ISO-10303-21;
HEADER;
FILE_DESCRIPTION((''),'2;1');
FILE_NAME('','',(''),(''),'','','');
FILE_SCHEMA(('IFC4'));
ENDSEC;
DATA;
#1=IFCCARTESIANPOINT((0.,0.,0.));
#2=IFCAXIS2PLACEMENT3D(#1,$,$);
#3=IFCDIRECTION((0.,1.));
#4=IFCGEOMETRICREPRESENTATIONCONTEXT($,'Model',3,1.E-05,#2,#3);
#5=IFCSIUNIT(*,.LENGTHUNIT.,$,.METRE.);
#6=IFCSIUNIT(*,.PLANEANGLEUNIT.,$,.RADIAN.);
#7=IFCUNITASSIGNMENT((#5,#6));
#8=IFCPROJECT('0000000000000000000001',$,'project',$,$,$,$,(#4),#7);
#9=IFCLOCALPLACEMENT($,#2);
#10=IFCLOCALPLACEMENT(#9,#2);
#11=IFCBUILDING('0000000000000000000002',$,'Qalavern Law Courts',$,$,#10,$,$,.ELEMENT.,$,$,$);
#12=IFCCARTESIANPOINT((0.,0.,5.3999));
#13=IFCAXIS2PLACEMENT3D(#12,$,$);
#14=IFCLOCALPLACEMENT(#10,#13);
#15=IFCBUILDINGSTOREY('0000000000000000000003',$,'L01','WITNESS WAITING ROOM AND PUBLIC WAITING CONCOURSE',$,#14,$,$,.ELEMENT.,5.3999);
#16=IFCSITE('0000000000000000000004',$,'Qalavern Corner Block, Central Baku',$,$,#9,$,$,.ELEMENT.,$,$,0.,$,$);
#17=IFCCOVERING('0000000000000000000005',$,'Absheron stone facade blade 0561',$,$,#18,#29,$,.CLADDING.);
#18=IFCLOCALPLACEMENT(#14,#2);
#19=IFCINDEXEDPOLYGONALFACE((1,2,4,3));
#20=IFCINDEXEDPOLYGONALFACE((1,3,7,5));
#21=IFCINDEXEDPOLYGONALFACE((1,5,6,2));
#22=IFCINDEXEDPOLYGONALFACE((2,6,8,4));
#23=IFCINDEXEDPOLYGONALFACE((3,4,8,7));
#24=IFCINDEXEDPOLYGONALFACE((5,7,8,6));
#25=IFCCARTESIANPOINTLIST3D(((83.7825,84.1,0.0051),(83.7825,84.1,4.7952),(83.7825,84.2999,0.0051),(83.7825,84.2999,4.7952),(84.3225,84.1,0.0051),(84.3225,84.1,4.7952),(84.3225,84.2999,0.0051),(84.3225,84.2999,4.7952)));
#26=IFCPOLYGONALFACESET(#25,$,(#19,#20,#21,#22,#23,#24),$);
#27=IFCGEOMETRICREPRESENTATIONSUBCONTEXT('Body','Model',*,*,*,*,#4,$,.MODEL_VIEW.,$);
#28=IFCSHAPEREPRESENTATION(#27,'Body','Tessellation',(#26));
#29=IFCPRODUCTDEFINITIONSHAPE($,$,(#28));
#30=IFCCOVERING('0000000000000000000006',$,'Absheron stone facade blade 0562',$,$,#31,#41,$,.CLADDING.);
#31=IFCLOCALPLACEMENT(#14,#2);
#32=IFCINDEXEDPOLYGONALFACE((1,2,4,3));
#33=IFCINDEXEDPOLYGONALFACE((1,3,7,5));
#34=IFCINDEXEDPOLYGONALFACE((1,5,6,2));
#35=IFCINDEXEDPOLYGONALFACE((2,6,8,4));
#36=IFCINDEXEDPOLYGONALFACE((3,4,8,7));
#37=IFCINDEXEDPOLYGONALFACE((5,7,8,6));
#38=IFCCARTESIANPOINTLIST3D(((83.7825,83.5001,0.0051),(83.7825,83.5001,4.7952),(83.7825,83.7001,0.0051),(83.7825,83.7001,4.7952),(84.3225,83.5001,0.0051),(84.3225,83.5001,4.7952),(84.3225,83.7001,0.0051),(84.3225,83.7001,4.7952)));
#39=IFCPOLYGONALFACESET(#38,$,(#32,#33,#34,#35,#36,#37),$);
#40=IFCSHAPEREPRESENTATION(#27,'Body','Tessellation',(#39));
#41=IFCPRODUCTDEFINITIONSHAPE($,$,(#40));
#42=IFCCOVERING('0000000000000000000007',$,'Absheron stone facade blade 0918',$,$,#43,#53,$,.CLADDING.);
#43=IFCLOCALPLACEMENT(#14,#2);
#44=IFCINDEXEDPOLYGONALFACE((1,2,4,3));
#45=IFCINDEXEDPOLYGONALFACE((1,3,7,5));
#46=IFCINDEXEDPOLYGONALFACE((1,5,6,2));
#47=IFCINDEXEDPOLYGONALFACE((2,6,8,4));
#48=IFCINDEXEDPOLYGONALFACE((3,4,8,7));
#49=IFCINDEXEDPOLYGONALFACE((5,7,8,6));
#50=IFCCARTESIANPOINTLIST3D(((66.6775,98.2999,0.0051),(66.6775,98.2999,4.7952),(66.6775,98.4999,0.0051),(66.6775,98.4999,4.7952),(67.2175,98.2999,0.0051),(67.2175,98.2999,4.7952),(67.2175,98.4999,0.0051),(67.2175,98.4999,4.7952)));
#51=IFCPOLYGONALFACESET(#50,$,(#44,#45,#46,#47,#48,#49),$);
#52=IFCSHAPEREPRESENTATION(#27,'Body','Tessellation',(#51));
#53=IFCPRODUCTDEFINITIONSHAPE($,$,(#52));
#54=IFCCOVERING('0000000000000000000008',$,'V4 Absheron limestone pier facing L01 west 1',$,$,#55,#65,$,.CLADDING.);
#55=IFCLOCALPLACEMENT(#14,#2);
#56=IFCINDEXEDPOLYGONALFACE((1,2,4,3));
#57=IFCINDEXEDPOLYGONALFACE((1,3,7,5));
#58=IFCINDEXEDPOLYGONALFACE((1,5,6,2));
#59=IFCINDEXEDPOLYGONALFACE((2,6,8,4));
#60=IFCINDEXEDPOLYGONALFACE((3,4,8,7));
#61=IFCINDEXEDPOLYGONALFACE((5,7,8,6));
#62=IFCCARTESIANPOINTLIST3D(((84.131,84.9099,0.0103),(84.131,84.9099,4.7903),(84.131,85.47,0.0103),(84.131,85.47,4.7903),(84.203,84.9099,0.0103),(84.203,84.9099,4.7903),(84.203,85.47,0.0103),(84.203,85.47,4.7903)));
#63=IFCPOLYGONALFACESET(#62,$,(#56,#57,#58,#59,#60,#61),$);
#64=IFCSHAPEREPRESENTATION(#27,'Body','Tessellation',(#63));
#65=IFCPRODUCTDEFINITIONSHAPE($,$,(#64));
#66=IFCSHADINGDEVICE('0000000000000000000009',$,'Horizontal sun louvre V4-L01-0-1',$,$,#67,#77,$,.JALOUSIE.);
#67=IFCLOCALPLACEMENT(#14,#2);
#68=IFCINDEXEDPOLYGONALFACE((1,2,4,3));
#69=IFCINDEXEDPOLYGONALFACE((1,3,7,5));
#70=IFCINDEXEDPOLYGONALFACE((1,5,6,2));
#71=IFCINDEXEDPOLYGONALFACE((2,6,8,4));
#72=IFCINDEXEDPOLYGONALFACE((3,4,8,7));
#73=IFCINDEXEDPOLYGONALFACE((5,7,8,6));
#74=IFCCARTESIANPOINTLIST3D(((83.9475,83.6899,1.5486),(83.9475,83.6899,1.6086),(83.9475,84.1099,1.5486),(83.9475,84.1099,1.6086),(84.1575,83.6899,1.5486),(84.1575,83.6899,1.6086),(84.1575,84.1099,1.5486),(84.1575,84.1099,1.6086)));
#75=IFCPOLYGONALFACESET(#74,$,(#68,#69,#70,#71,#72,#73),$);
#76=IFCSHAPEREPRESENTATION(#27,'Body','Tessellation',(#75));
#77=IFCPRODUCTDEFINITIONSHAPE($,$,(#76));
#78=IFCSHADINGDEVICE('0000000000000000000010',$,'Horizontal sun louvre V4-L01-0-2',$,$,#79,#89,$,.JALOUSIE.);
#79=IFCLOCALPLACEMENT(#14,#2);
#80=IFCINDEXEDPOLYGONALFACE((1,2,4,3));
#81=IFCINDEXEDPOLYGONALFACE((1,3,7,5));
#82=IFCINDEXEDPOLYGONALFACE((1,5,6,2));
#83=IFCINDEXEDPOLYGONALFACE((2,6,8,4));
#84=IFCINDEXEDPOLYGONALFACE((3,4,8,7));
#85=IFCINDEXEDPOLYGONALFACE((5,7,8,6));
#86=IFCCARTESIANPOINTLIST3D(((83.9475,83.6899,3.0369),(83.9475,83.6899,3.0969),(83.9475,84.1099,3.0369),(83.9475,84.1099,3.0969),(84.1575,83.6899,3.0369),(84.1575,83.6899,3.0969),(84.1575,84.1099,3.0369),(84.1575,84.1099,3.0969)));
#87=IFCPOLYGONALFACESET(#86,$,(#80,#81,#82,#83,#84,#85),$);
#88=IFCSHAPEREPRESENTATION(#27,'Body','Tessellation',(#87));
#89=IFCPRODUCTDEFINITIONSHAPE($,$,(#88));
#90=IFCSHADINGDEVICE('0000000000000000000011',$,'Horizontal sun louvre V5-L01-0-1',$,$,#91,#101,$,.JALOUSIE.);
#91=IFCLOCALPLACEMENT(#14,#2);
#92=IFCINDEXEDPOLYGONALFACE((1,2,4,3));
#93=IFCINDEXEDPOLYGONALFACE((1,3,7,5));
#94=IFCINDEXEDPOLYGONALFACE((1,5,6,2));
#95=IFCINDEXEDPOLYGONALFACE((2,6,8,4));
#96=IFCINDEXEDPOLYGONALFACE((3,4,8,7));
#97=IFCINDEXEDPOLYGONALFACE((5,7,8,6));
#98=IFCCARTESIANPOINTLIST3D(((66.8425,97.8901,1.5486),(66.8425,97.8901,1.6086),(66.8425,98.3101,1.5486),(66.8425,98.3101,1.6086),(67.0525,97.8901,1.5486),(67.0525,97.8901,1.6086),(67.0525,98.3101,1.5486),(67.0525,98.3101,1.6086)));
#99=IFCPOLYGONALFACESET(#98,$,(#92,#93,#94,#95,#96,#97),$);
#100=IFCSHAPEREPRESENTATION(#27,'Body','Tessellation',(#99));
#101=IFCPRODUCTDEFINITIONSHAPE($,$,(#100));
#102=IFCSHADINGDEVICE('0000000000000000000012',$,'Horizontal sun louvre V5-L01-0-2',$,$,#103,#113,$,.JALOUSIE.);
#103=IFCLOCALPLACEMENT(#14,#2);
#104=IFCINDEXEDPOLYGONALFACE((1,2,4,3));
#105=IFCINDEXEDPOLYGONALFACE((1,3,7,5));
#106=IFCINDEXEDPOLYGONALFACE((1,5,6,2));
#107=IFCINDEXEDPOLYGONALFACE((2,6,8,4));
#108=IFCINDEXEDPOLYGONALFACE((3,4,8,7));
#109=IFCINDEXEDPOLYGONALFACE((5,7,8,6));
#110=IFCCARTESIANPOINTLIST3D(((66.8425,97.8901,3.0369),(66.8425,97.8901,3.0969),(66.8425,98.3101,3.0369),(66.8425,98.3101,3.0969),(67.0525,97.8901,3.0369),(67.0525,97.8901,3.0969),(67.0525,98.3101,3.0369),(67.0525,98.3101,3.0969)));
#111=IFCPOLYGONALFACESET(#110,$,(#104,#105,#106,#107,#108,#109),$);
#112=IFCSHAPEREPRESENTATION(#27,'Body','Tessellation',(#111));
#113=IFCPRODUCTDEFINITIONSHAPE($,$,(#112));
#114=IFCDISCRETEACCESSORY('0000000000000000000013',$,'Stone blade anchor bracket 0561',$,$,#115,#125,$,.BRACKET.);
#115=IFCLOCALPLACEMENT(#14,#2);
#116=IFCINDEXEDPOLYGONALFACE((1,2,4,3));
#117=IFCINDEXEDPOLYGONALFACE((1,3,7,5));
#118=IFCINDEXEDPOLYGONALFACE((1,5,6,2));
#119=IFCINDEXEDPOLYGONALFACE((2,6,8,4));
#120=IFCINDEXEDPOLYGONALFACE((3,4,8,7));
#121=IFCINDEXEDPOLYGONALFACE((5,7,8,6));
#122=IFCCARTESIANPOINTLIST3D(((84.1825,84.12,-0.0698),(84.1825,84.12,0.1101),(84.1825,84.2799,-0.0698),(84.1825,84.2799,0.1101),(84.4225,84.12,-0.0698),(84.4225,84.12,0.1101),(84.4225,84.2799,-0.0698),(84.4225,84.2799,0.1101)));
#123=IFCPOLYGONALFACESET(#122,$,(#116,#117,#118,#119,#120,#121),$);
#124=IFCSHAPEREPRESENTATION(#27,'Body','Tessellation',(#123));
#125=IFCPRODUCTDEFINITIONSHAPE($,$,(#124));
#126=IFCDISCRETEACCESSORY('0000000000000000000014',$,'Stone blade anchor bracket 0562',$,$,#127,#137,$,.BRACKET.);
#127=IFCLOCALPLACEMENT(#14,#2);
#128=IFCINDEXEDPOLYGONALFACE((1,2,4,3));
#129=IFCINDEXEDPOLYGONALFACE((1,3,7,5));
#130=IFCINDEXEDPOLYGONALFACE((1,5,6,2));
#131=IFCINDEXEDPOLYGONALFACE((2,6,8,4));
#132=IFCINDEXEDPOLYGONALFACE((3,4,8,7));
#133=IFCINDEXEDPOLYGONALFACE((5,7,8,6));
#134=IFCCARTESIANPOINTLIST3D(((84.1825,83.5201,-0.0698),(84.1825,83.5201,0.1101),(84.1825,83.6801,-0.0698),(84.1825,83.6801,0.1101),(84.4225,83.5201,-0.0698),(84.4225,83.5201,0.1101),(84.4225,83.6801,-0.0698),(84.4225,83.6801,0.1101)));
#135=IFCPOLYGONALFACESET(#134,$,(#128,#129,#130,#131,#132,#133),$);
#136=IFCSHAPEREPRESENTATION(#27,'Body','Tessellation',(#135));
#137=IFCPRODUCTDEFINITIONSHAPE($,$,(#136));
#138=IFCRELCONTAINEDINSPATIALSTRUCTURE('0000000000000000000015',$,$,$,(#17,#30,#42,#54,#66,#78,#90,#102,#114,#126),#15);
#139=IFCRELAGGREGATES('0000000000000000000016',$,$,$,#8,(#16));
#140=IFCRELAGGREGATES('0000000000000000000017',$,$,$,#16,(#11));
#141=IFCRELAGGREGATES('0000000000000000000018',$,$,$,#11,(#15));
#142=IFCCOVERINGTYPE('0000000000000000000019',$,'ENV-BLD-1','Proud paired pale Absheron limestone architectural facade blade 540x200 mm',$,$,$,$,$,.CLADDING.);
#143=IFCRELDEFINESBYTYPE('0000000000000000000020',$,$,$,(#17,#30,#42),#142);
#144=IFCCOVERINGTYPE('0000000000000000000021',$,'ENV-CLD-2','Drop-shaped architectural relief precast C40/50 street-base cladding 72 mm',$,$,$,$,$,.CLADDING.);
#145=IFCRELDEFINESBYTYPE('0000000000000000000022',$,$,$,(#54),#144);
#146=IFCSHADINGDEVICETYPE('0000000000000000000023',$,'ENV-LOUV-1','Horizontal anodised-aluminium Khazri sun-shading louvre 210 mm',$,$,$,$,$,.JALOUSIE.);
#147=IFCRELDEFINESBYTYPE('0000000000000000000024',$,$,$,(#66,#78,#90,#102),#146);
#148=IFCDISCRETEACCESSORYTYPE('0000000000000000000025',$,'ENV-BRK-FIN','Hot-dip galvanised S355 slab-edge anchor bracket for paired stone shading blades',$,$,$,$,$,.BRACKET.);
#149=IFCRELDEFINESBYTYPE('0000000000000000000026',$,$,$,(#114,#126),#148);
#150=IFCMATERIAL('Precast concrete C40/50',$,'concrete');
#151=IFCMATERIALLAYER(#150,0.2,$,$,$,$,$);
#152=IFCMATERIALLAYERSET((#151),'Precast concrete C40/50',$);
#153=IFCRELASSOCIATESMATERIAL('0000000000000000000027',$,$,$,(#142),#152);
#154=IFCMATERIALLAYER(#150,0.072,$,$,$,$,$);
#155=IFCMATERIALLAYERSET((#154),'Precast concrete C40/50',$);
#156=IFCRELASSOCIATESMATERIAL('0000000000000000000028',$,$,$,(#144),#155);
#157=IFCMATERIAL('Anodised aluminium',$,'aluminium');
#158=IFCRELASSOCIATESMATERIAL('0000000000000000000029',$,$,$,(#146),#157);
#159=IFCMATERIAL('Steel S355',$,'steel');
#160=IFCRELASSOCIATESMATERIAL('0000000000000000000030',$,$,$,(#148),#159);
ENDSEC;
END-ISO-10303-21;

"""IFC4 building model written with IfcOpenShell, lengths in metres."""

from ifc_helpers import new_model, si_unit, direction, frame, origin, origin_2d, place, context, subcontext, project, spatial, rectangle, extrude, material, layer, layer_set, type_object, element, save


model = new_model("IFC4")

# Units and contexts
model_context = context("Model", 3, precision=1e-05, world=origin(), true_north=direction((0.0, 1.0)))
body_context = subcontext(model_context, "Body", "Model", "MODEL_VIEW")
ifc_project = project(units=[si_unit("LENGTHUNIT", "METRE"), si_unit("PLANEANGLEUNIT", "RADIAN")], contexts=[model_context])

# Site, building, storey
site_placement = place(None, origin())
site = spatial("IfcSite", under=ifc_project, at=site_placement, Name="Qalavern Corner Block, Central Baku", CompositionType="ELEMENT", RefElevation=0.0)
building_placement = place(site_placement, origin())
building = spatial("IfcBuilding", under=site, at=building_placement, Name="Qalavern Law Courts", CompositionType="ELEMENT")
storey_placement = place(building_placement, frame((0.0, 0.0, 5.3999)))
storey = spatial("IfcBuildingStorey", under=building, at=storey_placement, Name="L01", Description="WITNESS WAITING ROOM AND PUBLIC WAITING CONCOURSE", CompositionType="ELEMENT", Elevation=5.3999)

# Shared definitions
ifc_material_1 = material(Name="Anodised aluminium", Category="aluminium")

# Coverings
ifc_material_2 = material(Name="Precast concrete C40/50", Category="concrete")
ifc_layer_1 = layer(ifc_material_2, 0.2)
ifc_layer_set_1 = layer_set([ifc_layer_1], Name="Precast concrete C40/50")
covering_type_1 = type_object("IfcCoveringType", Name="ENV-BLD-1", Description="Proud paired pale Absheron limestone architectural facade blade 540x200 mm", PredefinedType="CLADDING", material=ifc_layer_set_1)
for number, where, z_axis, x_axis, name in (
    (1, (84.0525, 84.2, 0.0051), (0.0, 0.0, 1.0), (-1.0, 0.0, 0.0), "Absheron stone facade blade 0561"),
    (2, (84.0525, 83.6001, 0.0051), (0.0, 0.0, 1.0), (-1.0, 0.0, 0.0), "Absheron stone facade blade 0562"),
    (3, (66.9475, 98.3999, 0.0051), (0.0, 0.0, 1.0), (1.0, 0.0, 0.0), "Absheron stone facade blade 0918"),
):
    element("IfcCovering", number, at=place(storey_placement, frame(where, z_axis=z_axis, x_axis=x_axis)), inside=storey, type_object=covering_type_1, Name=name, PredefinedType="CLADDING", context=body_context, shape_type="SweptSolid", body=[
        extrude(rectangle(XDim=0.54, YDim=0.2, at=origin_2d()), origin(), (0.0, 0.0, 1.0), 4.79),
    ])
ifc_layer_2 = layer(ifc_material_2, 0.072)
ifc_layer_set_2 = layer_set([ifc_layer_2], Name="Precast concrete C40/50")
covering_type_2 = type_object("IfcCoveringType", Name="ENV-CLD-2", Description="Drop-shaped architectural relief precast C40/50 street-base cladding 72 mm", PredefinedType="CLADDING", material=ifc_layer_set_2)
covering_placement = place(storey_placement, frame((84.167, 85.1899, 0.0103), z_axis=(0.0, 0.0, 1.0), x_axis=(0.0, -1.0, 0.0)))
element("IfcCovering", 4, at=covering_placement, inside=storey, type_object=covering_type_2, Name="V4 Absheron limestone pier facing L01 west 1", PredefinedType="CLADDING", context=body_context, shape_type="SweptSolid", body=[
    extrude(rectangle(XDim=0.5601, YDim=0.072, at=origin_2d()), origin(), (0.0, 0.0, 1.0), 4.78),
])

# Shading devices
shading_device_type = type_object("IfcShadingDeviceType", Name="ENV-LOUV-1", Description="Horizontal anodised-aluminium Khazri sun-shading louvre 210 mm", PredefinedType="JALOUSIE", material=ifc_material_1)
for number, where, z_axis, x_axis, name in (
    (5, (84.0525, 83.8999, 1.5486), (0.0, 0.0, 1.0), (0.0, -1.0, 0.0), "Horizontal sun louvre V4-L01-0-1"),
    (6, (84.0525, 83.8999, 3.0369), (0.0, 0.0, 1.0), (0.0, -1.0, 0.0), "Horizontal sun louvre V4-L01-0-2"),
    (7, (66.9475, 98.1001, 1.5486), (0.0, 0.0, 1.0), (0.0, 1.0, 0.0), "Horizontal sun louvre V5-L01-0-1"),
    (8, (66.9475, 98.1001, 3.0369), (0.0, 0.0, 1.0), (0.0, 1.0, 0.0), "Horizontal sun louvre V5-L01-0-2"),
):
    element("IfcShadingDevice", number, at=place(storey_placement, frame(where, z_axis=z_axis, x_axis=x_axis)), inside=storey, type_object=shading_device_type, Name=name, PredefinedType="JALOUSIE", context=body_context, shape_type="SweptSolid", body=[
        extrude(rectangle(XDim=0.4199, YDim=0.21, at=origin_2d()), origin(), (0.0, 0.0, 1.0), 0.0601),
    ])

# Discrete accessories
ifc_material_3 = material(Name="Steel S355", Category="steel")
discrete_accessory_type = type_object("IfcDiscreteAccessoryType", Name="ENV-BRK-FIN", Description="Hot-dip galvanised S355 slab-edge anchor bracket for paired stone shading blades", PredefinedType="BRACKET", material=ifc_material_3)
for number, where, z_axis, x_axis, name in (
    (9, (84.3025, 84.2, -0.0698), (0.0, 0.0, 1.0), (-1.0, 0.0, 0.0), "Stone blade anchor bracket 0561"),
    (10, (84.3025, 83.6001, -0.0698), (0.0, 0.0, 1.0), (-1.0, 0.0, 0.0), "Stone blade anchor bracket 0562"),
):
    element("IfcDiscreteAccessory", number, at=place(storey_placement, frame(where, z_axis=z_axis, x_axis=x_axis)), inside=storey, type_object=discrete_accessory_type, Name=name, PredefinedType="BRACKET", context=body_context, shape_type="SweptSolid", body=[
        extrude(rectangle(XDim=0.24, YDim=0.1599, at=origin_2d()), origin(), (0.0, 0.0, 1.0), 0.1799),
    ])

save(model, "model.ifc")
